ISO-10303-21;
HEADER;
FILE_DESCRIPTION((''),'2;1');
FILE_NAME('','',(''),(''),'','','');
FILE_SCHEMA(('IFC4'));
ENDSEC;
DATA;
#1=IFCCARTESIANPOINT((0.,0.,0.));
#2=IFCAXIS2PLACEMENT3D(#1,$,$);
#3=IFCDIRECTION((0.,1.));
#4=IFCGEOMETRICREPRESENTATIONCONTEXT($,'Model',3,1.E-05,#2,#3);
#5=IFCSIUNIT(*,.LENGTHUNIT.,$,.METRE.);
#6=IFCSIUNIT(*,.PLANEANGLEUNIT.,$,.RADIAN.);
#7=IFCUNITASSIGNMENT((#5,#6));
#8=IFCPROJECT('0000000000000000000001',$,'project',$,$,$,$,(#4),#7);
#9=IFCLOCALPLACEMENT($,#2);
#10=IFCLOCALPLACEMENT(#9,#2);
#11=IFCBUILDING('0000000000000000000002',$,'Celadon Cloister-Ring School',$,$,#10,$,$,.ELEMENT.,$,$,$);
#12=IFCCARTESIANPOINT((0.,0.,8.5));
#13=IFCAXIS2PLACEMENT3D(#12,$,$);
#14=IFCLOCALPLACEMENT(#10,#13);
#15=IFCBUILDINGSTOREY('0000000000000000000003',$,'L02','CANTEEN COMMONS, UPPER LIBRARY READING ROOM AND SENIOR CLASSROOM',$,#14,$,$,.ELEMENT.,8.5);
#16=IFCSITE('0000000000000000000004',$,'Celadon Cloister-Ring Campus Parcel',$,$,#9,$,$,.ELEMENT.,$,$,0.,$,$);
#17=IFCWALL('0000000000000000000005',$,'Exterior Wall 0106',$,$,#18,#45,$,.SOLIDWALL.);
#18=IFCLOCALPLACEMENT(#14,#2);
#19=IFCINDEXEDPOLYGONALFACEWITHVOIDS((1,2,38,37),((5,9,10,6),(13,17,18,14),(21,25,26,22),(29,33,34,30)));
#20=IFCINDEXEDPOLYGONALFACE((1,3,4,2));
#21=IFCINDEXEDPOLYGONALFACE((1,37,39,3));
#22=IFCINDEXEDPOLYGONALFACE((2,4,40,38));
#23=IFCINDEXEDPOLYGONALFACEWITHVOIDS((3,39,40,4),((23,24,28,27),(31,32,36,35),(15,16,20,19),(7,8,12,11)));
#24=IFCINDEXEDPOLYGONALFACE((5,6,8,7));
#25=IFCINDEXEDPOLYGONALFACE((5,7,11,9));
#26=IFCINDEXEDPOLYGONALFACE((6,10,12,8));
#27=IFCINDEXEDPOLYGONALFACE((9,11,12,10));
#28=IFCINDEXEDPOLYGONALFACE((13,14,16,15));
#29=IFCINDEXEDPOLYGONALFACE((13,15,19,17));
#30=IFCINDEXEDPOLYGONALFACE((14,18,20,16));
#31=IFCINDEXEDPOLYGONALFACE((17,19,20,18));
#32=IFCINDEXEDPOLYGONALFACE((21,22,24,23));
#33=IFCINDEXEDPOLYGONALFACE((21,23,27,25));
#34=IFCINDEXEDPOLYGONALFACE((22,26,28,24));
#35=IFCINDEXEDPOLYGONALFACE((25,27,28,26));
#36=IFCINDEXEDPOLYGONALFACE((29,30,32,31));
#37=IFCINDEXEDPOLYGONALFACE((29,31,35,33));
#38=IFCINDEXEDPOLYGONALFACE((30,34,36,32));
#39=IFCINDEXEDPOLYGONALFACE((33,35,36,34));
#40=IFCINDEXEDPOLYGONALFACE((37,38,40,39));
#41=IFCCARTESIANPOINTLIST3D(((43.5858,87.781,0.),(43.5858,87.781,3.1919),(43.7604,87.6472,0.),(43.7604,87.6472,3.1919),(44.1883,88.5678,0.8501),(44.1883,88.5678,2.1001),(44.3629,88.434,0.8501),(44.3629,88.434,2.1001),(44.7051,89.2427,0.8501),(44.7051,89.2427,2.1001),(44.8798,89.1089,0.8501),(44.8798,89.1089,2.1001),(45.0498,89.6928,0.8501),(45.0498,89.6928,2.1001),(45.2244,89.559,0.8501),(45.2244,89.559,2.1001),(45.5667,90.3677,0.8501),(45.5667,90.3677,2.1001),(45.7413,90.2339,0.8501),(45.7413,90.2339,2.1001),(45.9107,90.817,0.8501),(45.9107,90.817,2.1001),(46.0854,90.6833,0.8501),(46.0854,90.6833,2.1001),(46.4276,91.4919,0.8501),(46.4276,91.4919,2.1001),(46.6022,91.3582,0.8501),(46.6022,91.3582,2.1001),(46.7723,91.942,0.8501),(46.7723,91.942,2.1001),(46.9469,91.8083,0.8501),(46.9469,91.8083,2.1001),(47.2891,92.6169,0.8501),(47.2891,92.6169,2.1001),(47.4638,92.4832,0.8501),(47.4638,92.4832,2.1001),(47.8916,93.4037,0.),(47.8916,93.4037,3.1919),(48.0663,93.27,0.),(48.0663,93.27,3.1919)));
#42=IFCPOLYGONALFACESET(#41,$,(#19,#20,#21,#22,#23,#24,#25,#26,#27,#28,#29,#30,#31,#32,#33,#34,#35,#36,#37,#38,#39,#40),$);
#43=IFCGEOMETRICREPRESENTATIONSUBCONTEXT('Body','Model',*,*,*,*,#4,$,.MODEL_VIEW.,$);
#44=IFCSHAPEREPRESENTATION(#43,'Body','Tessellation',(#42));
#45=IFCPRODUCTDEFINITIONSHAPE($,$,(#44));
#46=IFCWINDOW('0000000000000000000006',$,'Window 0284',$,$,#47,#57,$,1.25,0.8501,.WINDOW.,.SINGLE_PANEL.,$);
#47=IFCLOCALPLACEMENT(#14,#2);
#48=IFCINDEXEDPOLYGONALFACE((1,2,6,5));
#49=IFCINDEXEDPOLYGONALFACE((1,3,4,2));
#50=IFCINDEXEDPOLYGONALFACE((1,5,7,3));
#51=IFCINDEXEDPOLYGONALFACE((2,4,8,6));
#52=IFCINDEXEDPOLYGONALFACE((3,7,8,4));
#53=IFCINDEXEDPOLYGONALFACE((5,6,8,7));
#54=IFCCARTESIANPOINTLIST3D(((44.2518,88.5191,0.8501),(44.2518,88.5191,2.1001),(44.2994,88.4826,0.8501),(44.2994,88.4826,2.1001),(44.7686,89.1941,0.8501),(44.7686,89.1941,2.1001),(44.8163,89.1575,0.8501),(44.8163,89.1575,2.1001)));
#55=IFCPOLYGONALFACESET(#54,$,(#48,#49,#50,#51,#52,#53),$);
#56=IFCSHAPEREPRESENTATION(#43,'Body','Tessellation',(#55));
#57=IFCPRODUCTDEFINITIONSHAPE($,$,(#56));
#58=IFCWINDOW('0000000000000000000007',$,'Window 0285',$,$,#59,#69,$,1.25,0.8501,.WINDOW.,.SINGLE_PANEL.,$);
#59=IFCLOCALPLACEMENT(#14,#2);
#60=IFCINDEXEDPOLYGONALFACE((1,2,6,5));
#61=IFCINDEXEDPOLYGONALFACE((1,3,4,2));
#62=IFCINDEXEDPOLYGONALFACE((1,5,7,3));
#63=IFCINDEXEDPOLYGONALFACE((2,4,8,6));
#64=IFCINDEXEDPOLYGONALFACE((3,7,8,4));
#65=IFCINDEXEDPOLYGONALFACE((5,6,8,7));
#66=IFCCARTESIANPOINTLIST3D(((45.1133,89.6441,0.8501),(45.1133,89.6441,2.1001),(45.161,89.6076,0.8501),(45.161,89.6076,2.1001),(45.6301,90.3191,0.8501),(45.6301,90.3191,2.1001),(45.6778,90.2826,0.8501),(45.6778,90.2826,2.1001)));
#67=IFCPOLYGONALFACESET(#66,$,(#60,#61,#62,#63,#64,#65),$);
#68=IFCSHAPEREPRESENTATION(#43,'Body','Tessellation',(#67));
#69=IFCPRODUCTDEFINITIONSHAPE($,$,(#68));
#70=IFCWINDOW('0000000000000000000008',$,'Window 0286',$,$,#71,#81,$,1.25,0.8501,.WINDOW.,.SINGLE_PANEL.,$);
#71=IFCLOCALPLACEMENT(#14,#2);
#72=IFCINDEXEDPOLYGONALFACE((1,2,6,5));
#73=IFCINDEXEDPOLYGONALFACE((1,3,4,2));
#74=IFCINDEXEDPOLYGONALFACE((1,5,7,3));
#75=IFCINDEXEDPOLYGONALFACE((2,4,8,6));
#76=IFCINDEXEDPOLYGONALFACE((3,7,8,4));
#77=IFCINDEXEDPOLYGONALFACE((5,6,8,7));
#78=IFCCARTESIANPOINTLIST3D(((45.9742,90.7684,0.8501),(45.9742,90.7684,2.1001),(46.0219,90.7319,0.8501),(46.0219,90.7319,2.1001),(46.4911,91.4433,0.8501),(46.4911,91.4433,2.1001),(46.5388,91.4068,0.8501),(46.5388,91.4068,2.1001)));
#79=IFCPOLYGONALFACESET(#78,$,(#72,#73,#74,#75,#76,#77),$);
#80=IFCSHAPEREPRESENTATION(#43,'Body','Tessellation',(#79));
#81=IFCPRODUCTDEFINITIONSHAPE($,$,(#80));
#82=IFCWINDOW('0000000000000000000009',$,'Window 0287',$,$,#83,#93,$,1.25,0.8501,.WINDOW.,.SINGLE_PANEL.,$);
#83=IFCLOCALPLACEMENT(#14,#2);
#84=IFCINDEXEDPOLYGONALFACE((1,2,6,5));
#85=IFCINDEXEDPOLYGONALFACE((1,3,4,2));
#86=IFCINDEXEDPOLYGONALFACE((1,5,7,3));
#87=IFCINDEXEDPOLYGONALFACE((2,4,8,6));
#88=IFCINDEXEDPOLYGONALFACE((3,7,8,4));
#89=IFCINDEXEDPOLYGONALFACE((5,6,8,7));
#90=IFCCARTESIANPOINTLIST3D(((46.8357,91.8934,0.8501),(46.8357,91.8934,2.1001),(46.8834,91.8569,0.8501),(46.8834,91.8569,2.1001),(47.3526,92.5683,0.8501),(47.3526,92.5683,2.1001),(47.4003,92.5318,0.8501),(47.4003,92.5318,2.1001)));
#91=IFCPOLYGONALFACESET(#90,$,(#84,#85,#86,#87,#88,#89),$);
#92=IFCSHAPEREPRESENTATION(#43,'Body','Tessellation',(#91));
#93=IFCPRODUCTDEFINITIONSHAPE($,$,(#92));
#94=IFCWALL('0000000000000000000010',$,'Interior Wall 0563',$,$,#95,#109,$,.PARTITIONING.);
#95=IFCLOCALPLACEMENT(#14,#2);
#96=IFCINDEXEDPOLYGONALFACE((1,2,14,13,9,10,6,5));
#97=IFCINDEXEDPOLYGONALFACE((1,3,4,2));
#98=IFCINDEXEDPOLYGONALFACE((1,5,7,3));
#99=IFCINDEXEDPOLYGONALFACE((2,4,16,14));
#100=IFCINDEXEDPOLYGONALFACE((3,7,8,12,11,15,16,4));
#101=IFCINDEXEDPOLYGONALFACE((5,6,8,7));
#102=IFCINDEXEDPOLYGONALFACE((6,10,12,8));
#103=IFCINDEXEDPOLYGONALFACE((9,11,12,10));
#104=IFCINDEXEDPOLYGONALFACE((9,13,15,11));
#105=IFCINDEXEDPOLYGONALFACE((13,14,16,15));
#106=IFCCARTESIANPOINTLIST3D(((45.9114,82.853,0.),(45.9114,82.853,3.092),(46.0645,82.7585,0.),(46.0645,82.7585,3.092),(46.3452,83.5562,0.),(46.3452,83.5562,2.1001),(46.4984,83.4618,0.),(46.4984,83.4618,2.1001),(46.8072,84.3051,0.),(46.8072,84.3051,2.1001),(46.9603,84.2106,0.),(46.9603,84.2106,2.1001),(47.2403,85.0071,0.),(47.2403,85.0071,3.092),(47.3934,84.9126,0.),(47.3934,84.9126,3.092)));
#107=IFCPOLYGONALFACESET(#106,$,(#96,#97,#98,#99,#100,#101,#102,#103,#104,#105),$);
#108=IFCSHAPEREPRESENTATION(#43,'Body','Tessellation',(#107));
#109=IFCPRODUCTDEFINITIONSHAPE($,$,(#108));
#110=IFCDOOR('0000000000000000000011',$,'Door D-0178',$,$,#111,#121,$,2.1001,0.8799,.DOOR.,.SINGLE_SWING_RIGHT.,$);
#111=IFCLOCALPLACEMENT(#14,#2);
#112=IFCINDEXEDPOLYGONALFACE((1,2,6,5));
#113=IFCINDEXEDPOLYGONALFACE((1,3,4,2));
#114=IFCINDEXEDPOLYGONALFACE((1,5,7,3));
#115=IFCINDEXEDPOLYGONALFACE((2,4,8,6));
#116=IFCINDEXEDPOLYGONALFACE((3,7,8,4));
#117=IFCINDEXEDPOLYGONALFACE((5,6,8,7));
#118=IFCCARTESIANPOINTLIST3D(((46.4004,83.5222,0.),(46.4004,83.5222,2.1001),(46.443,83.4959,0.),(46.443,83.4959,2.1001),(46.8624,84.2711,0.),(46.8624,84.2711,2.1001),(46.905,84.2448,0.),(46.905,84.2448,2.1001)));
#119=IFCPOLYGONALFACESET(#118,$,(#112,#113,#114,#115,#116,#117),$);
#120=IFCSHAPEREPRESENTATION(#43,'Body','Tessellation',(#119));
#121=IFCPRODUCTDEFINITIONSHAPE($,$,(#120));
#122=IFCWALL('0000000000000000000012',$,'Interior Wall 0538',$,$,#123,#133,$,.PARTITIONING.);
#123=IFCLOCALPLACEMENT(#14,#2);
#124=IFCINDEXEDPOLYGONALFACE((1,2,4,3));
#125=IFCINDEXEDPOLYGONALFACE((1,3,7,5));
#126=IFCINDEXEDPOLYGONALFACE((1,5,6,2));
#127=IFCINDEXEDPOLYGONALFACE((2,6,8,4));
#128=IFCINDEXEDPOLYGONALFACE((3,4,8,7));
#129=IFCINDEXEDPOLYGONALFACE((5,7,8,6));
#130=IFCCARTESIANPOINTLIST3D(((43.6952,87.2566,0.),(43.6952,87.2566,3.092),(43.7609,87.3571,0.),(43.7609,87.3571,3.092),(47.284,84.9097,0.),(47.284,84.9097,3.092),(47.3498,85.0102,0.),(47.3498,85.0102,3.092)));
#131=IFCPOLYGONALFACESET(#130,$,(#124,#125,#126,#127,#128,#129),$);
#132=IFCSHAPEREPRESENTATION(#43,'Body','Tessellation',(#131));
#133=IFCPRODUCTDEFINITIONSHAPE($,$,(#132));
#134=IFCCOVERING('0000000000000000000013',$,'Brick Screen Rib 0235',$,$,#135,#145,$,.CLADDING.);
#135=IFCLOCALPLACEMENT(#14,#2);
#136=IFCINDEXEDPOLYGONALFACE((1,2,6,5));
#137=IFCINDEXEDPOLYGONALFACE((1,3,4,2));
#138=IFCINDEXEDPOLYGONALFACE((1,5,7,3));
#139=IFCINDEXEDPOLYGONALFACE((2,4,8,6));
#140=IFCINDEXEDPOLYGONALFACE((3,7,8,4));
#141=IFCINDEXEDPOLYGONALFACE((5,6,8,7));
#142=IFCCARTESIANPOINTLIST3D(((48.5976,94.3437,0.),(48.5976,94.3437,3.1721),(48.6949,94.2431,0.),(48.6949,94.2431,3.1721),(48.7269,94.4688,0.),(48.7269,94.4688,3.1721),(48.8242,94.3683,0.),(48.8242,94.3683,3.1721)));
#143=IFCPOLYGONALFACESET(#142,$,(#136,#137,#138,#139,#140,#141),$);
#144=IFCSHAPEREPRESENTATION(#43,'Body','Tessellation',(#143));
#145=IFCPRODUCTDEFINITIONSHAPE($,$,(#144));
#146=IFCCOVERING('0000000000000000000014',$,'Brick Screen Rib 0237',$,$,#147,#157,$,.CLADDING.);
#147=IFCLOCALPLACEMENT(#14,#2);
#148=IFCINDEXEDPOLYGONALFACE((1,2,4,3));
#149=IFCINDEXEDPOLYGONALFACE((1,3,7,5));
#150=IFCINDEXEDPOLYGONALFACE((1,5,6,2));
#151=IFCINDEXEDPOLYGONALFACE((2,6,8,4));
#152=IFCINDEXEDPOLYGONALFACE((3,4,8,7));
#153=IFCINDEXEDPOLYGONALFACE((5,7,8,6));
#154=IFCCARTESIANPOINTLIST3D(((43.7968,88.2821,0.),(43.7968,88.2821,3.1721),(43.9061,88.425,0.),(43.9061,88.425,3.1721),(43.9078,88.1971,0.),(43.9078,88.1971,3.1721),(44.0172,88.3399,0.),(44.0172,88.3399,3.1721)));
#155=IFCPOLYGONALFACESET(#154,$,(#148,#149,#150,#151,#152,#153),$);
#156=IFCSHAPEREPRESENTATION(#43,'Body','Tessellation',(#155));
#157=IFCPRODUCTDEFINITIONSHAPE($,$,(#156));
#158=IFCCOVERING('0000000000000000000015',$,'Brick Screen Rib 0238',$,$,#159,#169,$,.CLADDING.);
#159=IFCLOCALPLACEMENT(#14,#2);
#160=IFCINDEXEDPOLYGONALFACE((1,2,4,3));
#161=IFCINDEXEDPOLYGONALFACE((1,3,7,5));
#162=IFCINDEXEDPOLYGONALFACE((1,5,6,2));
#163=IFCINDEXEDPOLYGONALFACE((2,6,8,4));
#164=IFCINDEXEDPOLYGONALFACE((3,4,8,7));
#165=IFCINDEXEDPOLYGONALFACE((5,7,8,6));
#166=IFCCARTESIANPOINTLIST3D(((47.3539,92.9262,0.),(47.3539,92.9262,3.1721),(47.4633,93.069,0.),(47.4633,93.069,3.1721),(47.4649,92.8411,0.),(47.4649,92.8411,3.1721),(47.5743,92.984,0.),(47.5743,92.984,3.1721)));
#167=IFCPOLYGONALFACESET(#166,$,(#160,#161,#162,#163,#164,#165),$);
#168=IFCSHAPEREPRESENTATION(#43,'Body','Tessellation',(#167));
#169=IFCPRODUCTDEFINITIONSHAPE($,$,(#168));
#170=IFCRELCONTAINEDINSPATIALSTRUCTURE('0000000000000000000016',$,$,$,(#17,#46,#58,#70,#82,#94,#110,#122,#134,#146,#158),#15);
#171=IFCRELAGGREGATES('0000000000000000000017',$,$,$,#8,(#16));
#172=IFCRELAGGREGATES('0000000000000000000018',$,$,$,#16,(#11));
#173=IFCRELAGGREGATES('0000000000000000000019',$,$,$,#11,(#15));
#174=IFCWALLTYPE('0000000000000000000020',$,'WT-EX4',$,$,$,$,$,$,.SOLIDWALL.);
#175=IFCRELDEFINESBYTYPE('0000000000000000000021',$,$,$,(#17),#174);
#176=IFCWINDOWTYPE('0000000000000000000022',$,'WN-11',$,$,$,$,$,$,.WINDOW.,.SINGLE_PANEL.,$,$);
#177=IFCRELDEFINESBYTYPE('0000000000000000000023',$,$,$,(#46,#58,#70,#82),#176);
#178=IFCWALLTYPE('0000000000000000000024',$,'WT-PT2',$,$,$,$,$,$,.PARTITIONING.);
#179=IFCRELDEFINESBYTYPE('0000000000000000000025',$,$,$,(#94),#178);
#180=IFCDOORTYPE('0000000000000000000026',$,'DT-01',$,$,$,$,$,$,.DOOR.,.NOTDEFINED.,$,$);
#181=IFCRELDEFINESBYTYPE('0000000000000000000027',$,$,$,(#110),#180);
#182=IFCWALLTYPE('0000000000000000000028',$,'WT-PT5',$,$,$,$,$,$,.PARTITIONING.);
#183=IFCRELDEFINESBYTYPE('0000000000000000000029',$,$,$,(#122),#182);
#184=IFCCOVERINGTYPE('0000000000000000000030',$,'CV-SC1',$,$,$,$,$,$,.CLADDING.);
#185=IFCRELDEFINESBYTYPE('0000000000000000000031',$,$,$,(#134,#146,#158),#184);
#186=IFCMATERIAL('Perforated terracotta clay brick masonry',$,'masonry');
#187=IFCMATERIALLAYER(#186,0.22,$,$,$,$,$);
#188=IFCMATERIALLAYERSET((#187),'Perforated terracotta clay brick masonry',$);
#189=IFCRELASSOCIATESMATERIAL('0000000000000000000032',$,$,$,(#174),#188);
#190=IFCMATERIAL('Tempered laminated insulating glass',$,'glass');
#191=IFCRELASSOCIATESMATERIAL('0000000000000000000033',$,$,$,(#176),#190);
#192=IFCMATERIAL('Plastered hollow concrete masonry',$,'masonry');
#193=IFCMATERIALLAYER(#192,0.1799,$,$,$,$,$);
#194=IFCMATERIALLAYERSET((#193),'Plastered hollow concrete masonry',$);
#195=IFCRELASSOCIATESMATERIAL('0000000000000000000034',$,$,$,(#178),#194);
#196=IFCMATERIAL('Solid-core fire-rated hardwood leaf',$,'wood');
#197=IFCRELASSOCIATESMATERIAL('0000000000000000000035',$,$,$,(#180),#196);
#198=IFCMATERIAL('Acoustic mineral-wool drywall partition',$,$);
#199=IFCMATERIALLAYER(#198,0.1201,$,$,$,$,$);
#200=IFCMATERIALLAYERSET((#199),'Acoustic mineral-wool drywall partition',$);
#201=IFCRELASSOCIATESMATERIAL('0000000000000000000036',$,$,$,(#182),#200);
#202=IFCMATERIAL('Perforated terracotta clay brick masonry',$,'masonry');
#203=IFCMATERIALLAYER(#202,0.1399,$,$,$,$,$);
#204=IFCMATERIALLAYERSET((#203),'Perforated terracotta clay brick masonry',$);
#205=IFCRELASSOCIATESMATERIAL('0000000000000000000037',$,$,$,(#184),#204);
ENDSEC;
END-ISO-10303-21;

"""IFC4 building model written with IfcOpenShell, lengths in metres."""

from ifc_helpers import new_model, si_unit, direction, frame, frame_2d, origin, origin_2d, place, context, subcontext, project, spatial, rectangle, extrude, material, layer, layer_set, type_object, element, fill, save


model = new_model("IFC4")

# Units and contexts
model_context = context("Model", 3, precision=1e-05, world=origin(), true_north=direction((0.0, 1.0)))
body_context = subcontext(model_context, "Body", "Model", "MODEL_VIEW")
ifc_project = project(units=[si_unit("LENGTHUNIT", "METRE"), si_unit("PLANEANGLEUNIT", "RADIAN")], contexts=[model_context])

# Site, building, storey
site_placement = place(None, origin())
site = spatial("IfcSite", under=ifc_project, at=site_placement, Name="Celadon Cloister-Ring Campus Parcel", CompositionType="ELEMENT", RefElevation=0.0)
building_placement = place(site_placement, origin())
building = spatial("IfcBuilding", under=site, at=building_placement, Name="Celadon Cloister-Ring School", CompositionType="ELEMENT")
storey_placement = place(building_placement, frame((0.0, 0.0, 8.5)))
storey = spatial("IfcBuildingStorey", under=building, at=storey_placement, Name="L02", Description="CANTEEN COMMONS, UPPER LIBRARY READING ROOM AND SENIOR CLASSROOM", CompositionType="ELEMENT", Elevation=8.5)

# Wall, openings, windows
ifc_material_1 = material(Name="Perforated terracotta clay brick masonry", Category="masonry")
ifc_layer_1 = layer(ifc_material_1, 0.22)
ifc_layer_set_1 = layer_set([ifc_layer_1], Name="Perforated terracotta clay brick masonry")
wall_type_1 = type_object("IfcWallType", Name="WT-EX4", PredefinedType="SOLIDWALL", material=ifc_layer_set_1)
ifc_material_2 = material(Name="Tempered laminated insulating glass", Category="glass")
window_type = type_object("IfcWindowType", Name="WN-11", PartitioningType="SINGLE_PANEL", PredefinedType="WINDOW", material=ifc_material_2)
wall_1_placement = place(storey_placement, frame((43.6731, 87.7141, 0.0), z_axis=(0.0, 0.0, 1.0), x_axis=(0.607995, 0.793941, 0.0)))
wall_1 = element("IfcWall", 1, at=wall_1_placement, inside=storey, type_object=wall_type_1, Name="Exterior Wall 0106", PredefinedType="SOLIDWALL", context=body_context, shape_type="SweptSolid", body=[
    extrude(rectangle(XDim=7.082, YDim=0.22, at=frame_2d((3.541, 0.0))), origin(), (0.0, 0.0, 1.0), 3.1919),
])
opening_1_placement = place(wall_1_placement, frame((0.991, 0.0, 0.8501)))
opening_1 = element("IfcOpeningElement", 2, at=opening_1_placement, cuts=wall_1, PredefinedType="OPENING", context=body_context, shape_type="SweptSolid", body=[
    extrude(rectangle(XDim=0.8501, YDim=1.25, at=frame_2d((0.425, 0.625))), frame((0.0, 0.1201, 0.0), z_axis=(0.0, -1.0, 0.0), x_axis=(1.0, 0.0, 0.0)), (0.0, 0.0, 1.0), 0.24),
])
opening_2_placement = place(wall_1_placement, frame((2.408, 0.0, 0.8501)))
opening_2 = element("IfcOpeningElement", 3, at=opening_2_placement, cuts=wall_1, PredefinedType="OPENING", context=body_context, shape_type="SweptSolid", body=[
    extrude(rectangle(XDim=0.8501, YDim=1.25, at=frame_2d((0.425, 0.625))), frame((0.0, 0.1201, 0.0), z_axis=(0.0, -1.0, 0.0), x_axis=(1.0, 0.0, 0.0)), (0.0, 0.0, 1.0), 0.24),
])
opening_3_placement = place(wall_1_placement, frame((3.824, 0.0, 0.8501)))
opening_3 = element("IfcOpeningElement", 4, at=opening_3_placement, cuts=wall_1, PredefinedType="OPENING", context=body_context, shape_type="SweptSolid", body=[
    extrude(rectangle(XDim=0.8501, YDim=1.25, at=frame_2d((0.425, 0.625))), frame((0.0, 0.1201, 0.0), z_axis=(0.0, -1.0, 0.0), x_axis=(1.0, 0.0, 0.0)), (0.0, 0.0, 1.0), 0.24),
])
opening_4_placement = place(wall_1_placement, frame((5.241, 0.0, 0.8501)))
opening_4 = element("IfcOpeningElement", 5, at=opening_4_placement, cuts=wall_1, PredefinedType="OPENING", context=body_context, shape_type="SweptSolid", body=[
    extrude(rectangle(XDim=0.8501, YDim=1.25, at=frame_2d((0.425, 0.625))), frame((0.0, 0.1201, 0.0), z_axis=(0.0, -1.0, 0.0), x_axis=(1.0, 0.0, 0.0)), (0.0, 0.0, 1.0), 0.24),
])
window_1_placement = place(opening_1_placement, origin())
window_1 = element("IfcWindow", 6, at=window_1_placement, inside=storey, type_object=window_type, Name="Window 0284", OverallHeight=1.25, OverallWidth=0.8501, PartitioningType="SINGLE_PANEL", PredefinedType="WINDOW", context=body_context, shape_type="SweptSolid", body=[
    extrude(rectangle(XDim=0.8501, YDim=1.25, at=frame_2d((0.425, 0.625))), frame((0.0, 0.03, 0.0), z_axis=(0.0, -1.0, 0.0), x_axis=(1.0, 0.0, 0.0)), (0.0, 0.0, 1.0), 0.0601),
])
fill(opening_1, window_1)
window_2_placement = place(opening_2_placement, origin())
window_2 = element("IfcWindow", 7, at=window_2_placement, inside=storey, type_object=window_type, Name="Window 0285", OverallHeight=1.25, OverallWidth=0.8501, PartitioningType="SINGLE_PANEL", PredefinedType="WINDOW", context=body_context, shape_type="SweptSolid", body=[
    extrude(rectangle(XDim=0.8501, YDim=1.25, at=frame_2d((0.425, 0.625))), frame((0.0, 0.03, 0.0), z_axis=(0.0, -1.0, 0.0), x_axis=(1.0, 0.0, 0.0)), (0.0, 0.0, 1.0), 0.0601),
])
fill(opening_2, window_2)
window_3_placement = place(opening_3_placement, origin())
window_3 = element("IfcWindow", 8, at=window_3_placement, inside=storey, type_object=window_type, Name="Window 0286", OverallHeight=1.25, OverallWidth=0.8501, PartitioningType="SINGLE_PANEL", PredefinedType="WINDOW", context=body_context, shape_type="SweptSolid", body=[
    extrude(rectangle(XDim=0.8501, YDim=1.25, at=frame_2d((0.425, 0.625))), frame((0.0, 0.03, 0.0), z_axis=(0.0, -1.0, 0.0), x_axis=(1.0, 0.0, 0.0)), (0.0, 0.0, 1.0), 0.0601),
])
fill(opening_3, window_3)
window_4_placement = place(opening_4_placement, origin())
window_4 = element("IfcWindow", 9, at=window_4_placement, inside=storey, type_object=window_type, Name="Window 0287", OverallHeight=1.25, OverallWidth=0.8501, PartitioningType="SINGLE_PANEL", PredefinedType="WINDOW", context=body_context, shape_type="SweptSolid", body=[
    extrude(rectangle(XDim=0.8501, YDim=1.25, at=frame_2d((0.425, 0.625))), frame((0.0, 0.03, 0.0), z_axis=(0.0, -1.0, 0.0), x_axis=(1.0, 0.0, 0.0)), (0.0, 0.0, 1.0), 0.0601),
])
fill(opening_4, window_4)

# Wall, opening, door
ifc_material_3 = material(Name="Plastered hollow concrete masonry", Category="masonry")
ifc_layer_2 = layer(ifc_material_3, 0.1799)
ifc_layer_set_2 = layer_set([ifc_layer_2], Name="Plastered hollow concrete masonry")
wall_type_2 = type_object("IfcWallType", Name="WT-PT2", PredefinedType="PARTITIONING", material=ifc_layer_set_2)
wall_2_placement = place(storey_placement, frame((47.3169, 84.96, 0.0), z_axis=(0.0, 0.0, 1.0), x_axis=(-0.525039, -0.851078, 0.0)))
wall_2 = element("IfcWall", 10, at=wall_2_placement, inside=storey, type_object=wall_type_2, Name="Interior Wall 0563", PredefinedType="PARTITIONING", context=body_context, shape_type="SweptSolid", body=[
    extrude(rectangle(XDim=2.531, YDim=0.1799, at=frame_2d((1.2656, 0.0))), origin(), (0.0, 0.0, 1.0), 3.092),
])
opening_5_placement = place(wall_2_placement, frame((0.825, 0.0, 0.0)))
opening_5 = element("IfcOpeningElement", 11, at=opening_5_placement, cuts=wall_2, PredefinedType="OPENING", context=body_context, shape_type="SweptSolid", body=[
    extrude(rectangle(XDim=0.8799, YDim=2.1001, at=frame_2d((0.4399, 1.05))), frame((0.0, 0.1001, 0.0), z_axis=(0.0, -1.0, 0.0), x_axis=(1.0, 0.0, 0.0)), (0.0, 0.0, 1.0), 0.2),
])
ifc_material_4 = material(Name="Solid-core fire-rated hardwood leaf", Category="wood")
door_type = type_object("IfcDoorType", Name="DT-01", OperationType="NOTDEFINED", PredefinedType="DOOR", material=ifc_material_4)
door_placement = place(opening_5_placement, origin())
door = element("IfcDoor", 12, at=door_placement, inside=storey, type_object=door_type, Name="Door D-0178", OperationType="SINGLE_SWING_RIGHT", OverallHeight=2.1001, OverallWidth=0.8799, PredefinedType="DOOR", context=body_context, shape_type="SweptSolid", body=[
    extrude(rectangle(XDim=0.8799, YDim=2.1001, at=frame_2d((0.4399, 1.05))), frame((0.0, 0.0249, 0.0), z_axis=(0.0, -1.0, 0.0), x_axis=(1.0, 0.0, 0.0)), (0.0, 0.0, 1.0), 0.05),
])
fill(opening_5, door)

# Wall
ifc_material_5 = material(Name="Acoustic mineral-wool drywall partition")
ifc_layer_3 = layer(ifc_material_5, 0.1201)
ifc_layer_set_3 = layer_set([ifc_layer_3], Name="Acoustic mineral-wool drywall partition")
wall_type_3 = type_object("IfcWallType", Name="WT-PT5", PredefinedType="PARTITIONING", material=ifc_layer_set_3)
wall_3_placement = place(storey_placement, frame((47.3169, 84.96, 0.0), z_axis=(0.0, 0.0, 1.0), x_axis=(-0.836931, 0.547308, 0.0)))
element("IfcWall", 13, at=wall_3_placement, inside=storey, type_object=wall_type_3, Name="Interior Wall 0538", PredefinedType="PARTITIONING", context=body_context, shape_type="SweptSolid", body=[
    extrude(rectangle(XDim=4.2881, YDim=0.1201, at=frame_2d((2.144, 0.0))), origin(), (0.0, 0.0, 1.0), 3.092),
])

# Coverings
ifc_material_6 = material(Name="Perforated terracotta clay brick masonry", Category="masonry")
ifc_layer_4 = layer(ifc_material_6, 0.1399)
ifc_layer_set_4 = layer_set([ifc_layer_4], Name="Perforated terracotta clay brick masonry")
covering_type = type_object("IfcCoveringType", Name="CV-SC1", PredefinedType="CLADDING", material=ifc_layer_set_4)
for number, where, z_axis, x_axis, name in (
    (14, (48.7109, 94.356, 0.0), (0.0, 0.0, 1.0), (0.718588, 0.695436, 0.0), "Brick Screen Rib 0235"),
    (15, (43.907, 88.311, 0.0), (0.0, 0.0, 1.0), (0.607986, 0.793948, 0.0), "Brick Screen Rib 0237"),
    (16, (47.4641, 92.9551, 0.0), (0.0, 0.0, 1.0), (0.607986, 0.793948, 0.0), "Brick Screen Rib 0238"),
):
    element("IfcCovering", number, at=place(storey_placement, frame(where, z_axis=z_axis, x_axis=x_axis)), inside=storey, type_object=covering_type, Name=name, PredefinedType="CLADDING", context=body_context, shape_type="SweptSolid", body=[
        extrude(rectangle(XDim=0.1799, YDim=0.1399, at=origin_2d()), origin(), (0.0, 0.0, 1.0), 3.1721),
    ])

save(model, "model.ifc")
